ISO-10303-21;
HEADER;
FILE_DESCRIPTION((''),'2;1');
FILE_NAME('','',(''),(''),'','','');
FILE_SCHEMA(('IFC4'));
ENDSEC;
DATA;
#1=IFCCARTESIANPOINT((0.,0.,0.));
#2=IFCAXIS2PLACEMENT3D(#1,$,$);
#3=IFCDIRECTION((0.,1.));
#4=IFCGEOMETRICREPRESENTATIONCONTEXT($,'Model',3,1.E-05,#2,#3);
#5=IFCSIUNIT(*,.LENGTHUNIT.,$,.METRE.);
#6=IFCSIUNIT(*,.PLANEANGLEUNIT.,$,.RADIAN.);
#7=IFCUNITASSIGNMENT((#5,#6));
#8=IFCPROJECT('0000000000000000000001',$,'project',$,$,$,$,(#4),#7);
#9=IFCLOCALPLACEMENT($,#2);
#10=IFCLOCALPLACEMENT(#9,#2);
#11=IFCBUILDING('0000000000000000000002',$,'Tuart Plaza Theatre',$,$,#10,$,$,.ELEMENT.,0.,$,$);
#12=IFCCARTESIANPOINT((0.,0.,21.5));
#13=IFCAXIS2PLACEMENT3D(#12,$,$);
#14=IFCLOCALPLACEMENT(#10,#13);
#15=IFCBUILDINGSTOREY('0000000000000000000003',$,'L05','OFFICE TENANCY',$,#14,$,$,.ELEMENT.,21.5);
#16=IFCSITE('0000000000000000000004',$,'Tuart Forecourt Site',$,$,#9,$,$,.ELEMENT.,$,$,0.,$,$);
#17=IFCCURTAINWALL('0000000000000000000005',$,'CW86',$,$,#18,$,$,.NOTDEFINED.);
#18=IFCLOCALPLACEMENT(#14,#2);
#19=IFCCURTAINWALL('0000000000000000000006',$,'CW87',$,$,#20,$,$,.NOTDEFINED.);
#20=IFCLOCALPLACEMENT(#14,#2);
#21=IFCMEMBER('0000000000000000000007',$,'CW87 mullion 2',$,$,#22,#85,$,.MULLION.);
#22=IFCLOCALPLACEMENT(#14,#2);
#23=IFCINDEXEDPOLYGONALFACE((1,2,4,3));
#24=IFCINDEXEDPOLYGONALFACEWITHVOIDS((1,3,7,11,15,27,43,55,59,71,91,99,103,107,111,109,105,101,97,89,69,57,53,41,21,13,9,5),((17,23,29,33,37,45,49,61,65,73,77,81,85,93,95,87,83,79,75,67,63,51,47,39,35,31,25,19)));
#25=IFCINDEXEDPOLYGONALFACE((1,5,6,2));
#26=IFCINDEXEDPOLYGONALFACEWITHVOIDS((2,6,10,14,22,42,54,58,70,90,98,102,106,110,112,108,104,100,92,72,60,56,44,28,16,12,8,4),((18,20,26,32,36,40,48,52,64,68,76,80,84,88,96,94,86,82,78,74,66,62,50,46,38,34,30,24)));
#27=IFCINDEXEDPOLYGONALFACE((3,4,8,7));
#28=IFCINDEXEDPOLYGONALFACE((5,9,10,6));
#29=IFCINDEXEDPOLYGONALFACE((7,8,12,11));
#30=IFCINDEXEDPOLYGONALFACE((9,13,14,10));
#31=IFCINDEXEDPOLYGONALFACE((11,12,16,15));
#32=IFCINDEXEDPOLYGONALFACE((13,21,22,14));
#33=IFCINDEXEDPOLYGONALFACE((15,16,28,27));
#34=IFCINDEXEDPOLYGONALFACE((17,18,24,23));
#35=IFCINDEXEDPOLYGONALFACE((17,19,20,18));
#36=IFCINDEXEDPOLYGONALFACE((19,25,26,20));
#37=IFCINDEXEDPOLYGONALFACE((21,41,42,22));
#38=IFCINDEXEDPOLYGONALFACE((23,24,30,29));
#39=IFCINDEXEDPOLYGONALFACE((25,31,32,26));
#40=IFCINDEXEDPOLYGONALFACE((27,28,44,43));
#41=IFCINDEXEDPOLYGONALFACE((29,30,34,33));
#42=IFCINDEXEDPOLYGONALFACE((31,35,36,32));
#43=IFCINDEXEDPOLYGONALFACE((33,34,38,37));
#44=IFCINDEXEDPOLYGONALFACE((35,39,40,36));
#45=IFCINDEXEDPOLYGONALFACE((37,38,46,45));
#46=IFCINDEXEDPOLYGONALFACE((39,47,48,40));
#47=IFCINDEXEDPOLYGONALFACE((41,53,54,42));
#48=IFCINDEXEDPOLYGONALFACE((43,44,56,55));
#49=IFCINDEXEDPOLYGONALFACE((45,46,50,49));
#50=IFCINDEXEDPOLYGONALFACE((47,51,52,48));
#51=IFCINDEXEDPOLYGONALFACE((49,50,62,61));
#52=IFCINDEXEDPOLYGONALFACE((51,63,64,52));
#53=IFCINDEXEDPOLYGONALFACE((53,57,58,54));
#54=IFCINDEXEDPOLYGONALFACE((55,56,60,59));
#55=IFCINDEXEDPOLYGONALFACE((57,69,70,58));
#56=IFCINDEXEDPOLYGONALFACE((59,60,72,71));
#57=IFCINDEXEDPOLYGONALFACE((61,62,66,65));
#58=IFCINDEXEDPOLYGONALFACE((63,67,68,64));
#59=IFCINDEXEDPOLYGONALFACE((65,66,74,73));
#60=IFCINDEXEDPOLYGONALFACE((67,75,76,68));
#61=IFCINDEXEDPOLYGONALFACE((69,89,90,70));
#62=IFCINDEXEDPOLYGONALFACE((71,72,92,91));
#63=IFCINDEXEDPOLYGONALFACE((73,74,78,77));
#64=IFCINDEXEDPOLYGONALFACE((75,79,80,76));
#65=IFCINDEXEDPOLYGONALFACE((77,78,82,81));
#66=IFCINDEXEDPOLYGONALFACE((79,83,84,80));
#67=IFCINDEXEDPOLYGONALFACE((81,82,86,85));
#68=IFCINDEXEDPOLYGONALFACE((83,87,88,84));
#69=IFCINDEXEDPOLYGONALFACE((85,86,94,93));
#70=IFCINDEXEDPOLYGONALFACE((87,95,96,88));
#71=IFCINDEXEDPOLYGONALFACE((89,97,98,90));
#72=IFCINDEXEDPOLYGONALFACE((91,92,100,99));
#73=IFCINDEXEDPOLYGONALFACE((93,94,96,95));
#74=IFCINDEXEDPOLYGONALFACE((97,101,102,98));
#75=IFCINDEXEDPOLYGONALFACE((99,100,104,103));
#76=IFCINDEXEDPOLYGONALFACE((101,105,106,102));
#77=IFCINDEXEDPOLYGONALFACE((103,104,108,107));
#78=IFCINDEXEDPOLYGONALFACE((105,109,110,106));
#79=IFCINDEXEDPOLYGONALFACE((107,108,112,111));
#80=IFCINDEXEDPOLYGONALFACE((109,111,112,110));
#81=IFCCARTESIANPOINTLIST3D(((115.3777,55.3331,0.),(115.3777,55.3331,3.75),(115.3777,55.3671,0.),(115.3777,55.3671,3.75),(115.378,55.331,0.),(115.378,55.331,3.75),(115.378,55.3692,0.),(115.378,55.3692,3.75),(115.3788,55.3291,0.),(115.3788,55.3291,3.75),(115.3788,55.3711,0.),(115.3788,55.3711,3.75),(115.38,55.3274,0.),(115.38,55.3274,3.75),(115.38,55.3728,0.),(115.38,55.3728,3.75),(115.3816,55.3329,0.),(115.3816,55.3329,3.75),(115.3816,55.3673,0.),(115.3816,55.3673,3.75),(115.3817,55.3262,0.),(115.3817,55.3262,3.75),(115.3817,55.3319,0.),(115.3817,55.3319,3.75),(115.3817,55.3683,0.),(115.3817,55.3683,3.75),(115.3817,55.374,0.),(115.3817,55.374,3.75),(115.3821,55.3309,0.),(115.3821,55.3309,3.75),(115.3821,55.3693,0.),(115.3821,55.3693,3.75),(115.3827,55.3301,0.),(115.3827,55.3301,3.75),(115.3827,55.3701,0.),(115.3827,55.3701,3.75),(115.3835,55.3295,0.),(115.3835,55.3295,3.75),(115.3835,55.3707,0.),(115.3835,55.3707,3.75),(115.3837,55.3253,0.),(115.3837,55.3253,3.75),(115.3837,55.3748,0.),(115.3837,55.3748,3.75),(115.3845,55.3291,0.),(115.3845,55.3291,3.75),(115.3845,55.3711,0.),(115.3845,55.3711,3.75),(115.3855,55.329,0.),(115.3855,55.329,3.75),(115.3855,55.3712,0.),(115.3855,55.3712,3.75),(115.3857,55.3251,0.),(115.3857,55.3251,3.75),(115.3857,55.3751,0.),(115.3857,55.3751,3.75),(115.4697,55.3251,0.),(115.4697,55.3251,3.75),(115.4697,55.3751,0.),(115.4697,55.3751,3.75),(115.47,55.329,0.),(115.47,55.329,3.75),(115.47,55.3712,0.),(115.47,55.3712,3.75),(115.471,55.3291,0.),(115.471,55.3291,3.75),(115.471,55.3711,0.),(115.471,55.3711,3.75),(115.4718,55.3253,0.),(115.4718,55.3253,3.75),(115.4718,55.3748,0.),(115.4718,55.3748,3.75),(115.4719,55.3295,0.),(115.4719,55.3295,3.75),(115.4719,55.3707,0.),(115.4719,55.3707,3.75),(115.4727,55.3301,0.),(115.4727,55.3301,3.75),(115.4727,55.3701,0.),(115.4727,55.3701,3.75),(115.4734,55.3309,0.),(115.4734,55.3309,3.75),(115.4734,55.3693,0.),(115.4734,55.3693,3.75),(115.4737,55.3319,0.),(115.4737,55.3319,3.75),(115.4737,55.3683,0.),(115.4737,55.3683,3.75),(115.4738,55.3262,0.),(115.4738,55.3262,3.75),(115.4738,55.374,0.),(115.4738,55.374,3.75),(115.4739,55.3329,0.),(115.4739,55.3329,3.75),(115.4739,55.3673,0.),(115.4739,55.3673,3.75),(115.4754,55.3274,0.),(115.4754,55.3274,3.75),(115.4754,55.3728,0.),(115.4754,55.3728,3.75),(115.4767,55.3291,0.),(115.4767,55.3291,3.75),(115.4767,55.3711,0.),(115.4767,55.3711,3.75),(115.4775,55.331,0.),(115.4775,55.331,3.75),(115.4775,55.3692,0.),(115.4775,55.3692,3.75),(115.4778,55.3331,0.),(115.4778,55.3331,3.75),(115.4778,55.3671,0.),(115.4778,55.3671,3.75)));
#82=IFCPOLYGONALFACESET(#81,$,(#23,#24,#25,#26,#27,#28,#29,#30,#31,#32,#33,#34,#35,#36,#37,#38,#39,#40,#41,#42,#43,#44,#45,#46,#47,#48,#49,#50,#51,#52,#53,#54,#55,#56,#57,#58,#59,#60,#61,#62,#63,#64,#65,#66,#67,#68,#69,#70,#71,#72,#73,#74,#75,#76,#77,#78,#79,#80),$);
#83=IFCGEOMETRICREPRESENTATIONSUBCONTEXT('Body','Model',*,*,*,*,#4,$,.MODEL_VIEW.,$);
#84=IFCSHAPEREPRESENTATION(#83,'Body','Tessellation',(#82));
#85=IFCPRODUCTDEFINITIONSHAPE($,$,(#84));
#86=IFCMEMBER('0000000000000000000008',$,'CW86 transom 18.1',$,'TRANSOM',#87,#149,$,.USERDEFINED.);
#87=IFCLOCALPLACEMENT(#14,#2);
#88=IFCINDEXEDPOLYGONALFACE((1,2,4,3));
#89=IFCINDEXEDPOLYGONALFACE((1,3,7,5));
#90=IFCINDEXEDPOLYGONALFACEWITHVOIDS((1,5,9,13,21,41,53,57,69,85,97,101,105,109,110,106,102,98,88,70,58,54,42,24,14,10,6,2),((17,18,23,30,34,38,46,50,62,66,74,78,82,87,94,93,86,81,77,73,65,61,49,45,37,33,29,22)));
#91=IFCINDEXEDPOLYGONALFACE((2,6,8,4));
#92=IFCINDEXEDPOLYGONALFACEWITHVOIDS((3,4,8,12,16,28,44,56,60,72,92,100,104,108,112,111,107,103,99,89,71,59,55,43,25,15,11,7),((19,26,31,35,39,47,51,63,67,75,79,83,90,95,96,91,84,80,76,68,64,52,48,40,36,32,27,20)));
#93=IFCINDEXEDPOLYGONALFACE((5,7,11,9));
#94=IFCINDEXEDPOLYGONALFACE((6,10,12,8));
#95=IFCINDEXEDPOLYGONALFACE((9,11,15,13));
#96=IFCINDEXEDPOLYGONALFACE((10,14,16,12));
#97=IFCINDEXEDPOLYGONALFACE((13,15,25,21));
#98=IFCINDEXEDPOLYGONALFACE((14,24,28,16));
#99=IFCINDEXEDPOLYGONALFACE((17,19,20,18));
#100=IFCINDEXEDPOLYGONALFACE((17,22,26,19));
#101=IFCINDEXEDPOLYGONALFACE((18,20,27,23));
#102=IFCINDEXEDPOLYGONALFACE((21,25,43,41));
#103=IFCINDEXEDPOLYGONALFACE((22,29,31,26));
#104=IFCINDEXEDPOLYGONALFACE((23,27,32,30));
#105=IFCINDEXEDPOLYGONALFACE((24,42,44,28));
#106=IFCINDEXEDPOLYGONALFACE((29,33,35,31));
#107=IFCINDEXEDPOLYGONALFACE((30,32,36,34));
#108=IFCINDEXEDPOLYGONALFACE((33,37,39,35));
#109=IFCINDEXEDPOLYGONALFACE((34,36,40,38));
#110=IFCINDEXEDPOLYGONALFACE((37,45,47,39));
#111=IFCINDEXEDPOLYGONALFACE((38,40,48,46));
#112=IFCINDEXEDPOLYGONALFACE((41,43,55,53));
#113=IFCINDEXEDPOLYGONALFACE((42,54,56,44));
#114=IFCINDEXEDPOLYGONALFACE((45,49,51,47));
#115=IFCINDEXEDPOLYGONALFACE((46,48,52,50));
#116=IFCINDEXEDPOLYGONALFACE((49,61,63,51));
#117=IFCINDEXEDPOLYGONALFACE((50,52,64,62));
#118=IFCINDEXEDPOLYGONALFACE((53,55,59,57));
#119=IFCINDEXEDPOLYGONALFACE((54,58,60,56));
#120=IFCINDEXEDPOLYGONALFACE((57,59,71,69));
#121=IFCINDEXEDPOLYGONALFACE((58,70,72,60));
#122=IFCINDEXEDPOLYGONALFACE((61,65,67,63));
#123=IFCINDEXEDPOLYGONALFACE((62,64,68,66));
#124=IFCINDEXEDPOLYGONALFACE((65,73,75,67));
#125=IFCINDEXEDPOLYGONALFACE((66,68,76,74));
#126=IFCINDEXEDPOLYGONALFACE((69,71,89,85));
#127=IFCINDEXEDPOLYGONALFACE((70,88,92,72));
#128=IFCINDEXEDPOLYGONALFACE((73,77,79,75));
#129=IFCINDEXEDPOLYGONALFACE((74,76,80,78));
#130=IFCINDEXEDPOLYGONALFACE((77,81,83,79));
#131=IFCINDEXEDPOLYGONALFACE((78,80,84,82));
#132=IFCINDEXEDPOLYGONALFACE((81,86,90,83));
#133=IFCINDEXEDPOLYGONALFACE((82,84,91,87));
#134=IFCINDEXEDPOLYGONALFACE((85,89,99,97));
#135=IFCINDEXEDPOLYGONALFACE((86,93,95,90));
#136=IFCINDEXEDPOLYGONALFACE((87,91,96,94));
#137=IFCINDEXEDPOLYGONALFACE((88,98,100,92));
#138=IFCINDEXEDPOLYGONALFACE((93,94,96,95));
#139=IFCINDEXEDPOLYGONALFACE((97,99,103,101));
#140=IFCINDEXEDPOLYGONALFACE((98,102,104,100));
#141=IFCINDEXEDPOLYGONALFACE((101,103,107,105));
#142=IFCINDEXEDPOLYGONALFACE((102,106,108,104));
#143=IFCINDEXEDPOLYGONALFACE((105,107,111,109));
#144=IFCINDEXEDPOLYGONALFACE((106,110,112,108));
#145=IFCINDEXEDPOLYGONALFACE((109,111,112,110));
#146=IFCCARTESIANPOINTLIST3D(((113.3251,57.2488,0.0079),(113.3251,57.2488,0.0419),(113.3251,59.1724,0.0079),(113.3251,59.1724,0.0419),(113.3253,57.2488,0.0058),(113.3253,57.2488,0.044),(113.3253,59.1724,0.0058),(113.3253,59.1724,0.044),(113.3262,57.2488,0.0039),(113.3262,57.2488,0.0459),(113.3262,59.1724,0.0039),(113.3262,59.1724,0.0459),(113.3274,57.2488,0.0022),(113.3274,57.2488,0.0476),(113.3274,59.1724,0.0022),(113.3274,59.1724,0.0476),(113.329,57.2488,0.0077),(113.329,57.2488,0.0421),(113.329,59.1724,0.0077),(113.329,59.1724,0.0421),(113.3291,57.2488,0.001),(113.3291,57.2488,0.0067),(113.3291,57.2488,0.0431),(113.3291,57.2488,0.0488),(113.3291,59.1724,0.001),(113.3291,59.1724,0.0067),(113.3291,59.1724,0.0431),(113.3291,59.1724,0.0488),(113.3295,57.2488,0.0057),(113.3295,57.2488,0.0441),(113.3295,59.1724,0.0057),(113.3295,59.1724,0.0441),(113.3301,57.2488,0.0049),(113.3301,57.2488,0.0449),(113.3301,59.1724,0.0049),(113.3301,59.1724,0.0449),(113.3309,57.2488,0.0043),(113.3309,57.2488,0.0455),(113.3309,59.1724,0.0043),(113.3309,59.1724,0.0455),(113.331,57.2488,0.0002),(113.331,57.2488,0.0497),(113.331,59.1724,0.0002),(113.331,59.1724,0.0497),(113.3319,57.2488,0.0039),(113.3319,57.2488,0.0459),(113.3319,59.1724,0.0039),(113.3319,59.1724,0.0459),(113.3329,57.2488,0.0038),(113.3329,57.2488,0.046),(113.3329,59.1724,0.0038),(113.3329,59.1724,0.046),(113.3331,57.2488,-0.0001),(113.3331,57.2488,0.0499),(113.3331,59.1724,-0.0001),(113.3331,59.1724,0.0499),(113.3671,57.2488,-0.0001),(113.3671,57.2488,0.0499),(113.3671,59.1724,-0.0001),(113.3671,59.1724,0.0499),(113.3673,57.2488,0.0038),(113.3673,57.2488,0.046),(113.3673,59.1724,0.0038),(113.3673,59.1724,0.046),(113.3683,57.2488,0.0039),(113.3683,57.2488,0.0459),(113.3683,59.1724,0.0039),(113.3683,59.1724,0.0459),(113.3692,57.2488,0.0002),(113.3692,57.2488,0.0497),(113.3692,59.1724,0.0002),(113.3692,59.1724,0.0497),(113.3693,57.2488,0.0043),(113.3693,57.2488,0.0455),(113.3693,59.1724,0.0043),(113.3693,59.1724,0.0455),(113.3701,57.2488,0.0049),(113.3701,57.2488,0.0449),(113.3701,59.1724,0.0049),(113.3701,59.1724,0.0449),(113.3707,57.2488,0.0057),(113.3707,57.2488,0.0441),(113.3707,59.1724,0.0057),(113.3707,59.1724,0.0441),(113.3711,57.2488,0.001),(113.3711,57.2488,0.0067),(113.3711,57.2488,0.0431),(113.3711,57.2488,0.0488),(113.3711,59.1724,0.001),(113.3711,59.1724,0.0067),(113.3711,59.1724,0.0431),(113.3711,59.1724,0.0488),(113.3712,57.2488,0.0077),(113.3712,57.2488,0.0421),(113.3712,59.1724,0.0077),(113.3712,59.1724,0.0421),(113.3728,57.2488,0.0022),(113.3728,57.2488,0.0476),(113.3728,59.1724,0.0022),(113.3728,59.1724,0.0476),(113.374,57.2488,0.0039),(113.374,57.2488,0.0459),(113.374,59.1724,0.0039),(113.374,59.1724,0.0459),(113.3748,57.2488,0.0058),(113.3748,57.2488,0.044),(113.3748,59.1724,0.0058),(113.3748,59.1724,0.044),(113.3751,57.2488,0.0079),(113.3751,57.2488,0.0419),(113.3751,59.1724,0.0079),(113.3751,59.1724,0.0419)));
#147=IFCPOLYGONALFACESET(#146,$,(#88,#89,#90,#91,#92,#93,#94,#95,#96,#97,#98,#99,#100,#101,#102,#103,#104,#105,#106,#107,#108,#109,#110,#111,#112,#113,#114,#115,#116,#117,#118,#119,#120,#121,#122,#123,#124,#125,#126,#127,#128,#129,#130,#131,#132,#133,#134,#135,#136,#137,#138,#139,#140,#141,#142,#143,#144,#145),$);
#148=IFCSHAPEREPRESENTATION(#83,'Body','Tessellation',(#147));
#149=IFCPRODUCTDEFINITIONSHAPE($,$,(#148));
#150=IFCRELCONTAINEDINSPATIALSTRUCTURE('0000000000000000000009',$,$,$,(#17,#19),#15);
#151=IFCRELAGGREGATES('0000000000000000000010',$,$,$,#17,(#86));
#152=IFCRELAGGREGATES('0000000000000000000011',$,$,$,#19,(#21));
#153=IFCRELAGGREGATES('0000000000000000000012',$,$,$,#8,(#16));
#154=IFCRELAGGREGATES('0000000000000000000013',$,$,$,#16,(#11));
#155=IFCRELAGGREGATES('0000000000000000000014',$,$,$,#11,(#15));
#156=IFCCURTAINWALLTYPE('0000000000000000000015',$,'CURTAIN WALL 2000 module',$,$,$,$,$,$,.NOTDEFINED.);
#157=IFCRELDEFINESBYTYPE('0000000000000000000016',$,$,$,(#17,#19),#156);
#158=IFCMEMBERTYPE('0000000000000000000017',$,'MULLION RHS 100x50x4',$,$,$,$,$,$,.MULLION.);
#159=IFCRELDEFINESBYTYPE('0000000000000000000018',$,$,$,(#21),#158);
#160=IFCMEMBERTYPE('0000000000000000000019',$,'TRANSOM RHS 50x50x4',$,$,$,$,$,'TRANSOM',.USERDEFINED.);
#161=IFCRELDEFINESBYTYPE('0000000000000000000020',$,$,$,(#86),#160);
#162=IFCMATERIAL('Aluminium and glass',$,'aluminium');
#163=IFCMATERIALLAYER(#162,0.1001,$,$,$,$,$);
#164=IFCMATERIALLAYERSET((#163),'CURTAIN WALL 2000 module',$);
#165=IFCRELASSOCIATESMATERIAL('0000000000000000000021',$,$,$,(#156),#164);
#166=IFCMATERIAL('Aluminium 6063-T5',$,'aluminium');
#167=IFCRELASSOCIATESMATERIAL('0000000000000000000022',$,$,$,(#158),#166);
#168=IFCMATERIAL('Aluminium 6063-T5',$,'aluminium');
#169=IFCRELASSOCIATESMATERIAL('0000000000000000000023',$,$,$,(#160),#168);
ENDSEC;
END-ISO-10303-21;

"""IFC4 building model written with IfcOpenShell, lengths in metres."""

from ifc_helpers import new_model, si_unit, direction, frame, origin, origin_2d, place, context, subcontext, project, spatial, hollow_rectangle, extrude, material, layer, layer_set, material_profile, profile_set, type_object, element, aggregate, save


model = new_model("IFC4")

# Units and contexts
model_context = context("Model", 3, precision=1e-05, world=origin(), true_north=direction((0.0, 1.0)))
body_context = subcontext(model_context, "Body", "Model", "MODEL_VIEW")
ifc_project = project(units=[si_unit("LENGTHUNIT", "METRE"), si_unit("PLANEANGLEUNIT", "RADIAN")], contexts=[model_context])

# Site, building, storey
site_placement = place(None, origin())
site = spatial("IfcSite", under=ifc_project, at=site_placement, Name="Tuart Forecourt Site", CompositionType="ELEMENT", RefElevation=0.0)
building_placement = place(site_placement, origin())
building = spatial("IfcBuilding", under=site, at=building_placement, Name="Tuart Plaza Theatre", CompositionType="ELEMENT", ElevationOfRefHeight=0.0)
storey_placement = place(building_placement, frame((0.0, 0.0, 21.5)))
storey = spatial("IfcBuildingStorey", under=building, at=storey_placement, Name="L05", Description="OFFICE TENANCY", CompositionType="ELEMENT", Elevation=21.5)

# Curtain walls, member
ifc_material_1 = material(Name="Aluminium and glass", Category="aluminium")
ifc_layer_1 = layer(ifc_material_1, 0.1001)
ifc_layer_set_1 = layer_set([ifc_layer_1], Name="CURTAIN WALL 2000 module")
curtain_wall_type = type_object("IfcCurtainWallType", Name="CURTAIN WALL 2000 module", PredefinedType="NOTDEFINED", material=ifc_layer_set_1)
curtain_wall_1_placement = place(storey_placement, origin())
curtain_wall_1 = element("IfcCurtainWall", 1, at=curtain_wall_1_placement, inside=storey, type_object=curtain_wall_type, Name="CW86", PredefinedType="NOTDEFINED")
ifc_material_2 = material(Name="Aluminium 6063-T5", Category="aluminium")
ifc_material_profile_1 = material_profile(ifc_material_2, hollow_rectangle(XDim=0.05, YDim=0.1001, WallThickness=0.0039, InnerFilletRadius=0.0039, OuterFilletRadius=0.0081, at=origin_2d()), Name="RHS 100x50x4")
ifc_profile_set_1 = profile_set([ifc_material_profile_1], Name="Aluminium 6063-T5")
member_type_1 = type_object("IfcMemberType", Name="MULLION RHS 100x50x4", PredefinedType="MULLION", material=ifc_profile_set_1)
curtain_wall_2_placement = place(storey_placement, origin())
curtain_wall_2 = element("IfcCurtainWall", 2, at=curtain_wall_2_placement, inside=storey, type_object=curtain_wall_type, Name="CW87", PredefinedType="NOTDEFINED")
member_1_placement = place(storey_placement, frame((115.4277, 55.3501, 0.0), z_axis=(0.0, 0.0, 1.0), x_axis=(0.0, 1.0, 0.0)))
member_1 = element("IfcMember", 3, at=member_1_placement, type_object=member_type_1, Name="CW87 mullion 2", PredefinedType="MULLION", context=body_context, shape_type="SweptSolid", body=[
    extrude(hollow_rectangle(XDim=0.05, YDim=0.1001, WallThickness=0.0039, InnerFilletRadius=0.0039, OuterFilletRadius=0.0081, at=origin_2d()), origin(), (0.0, 0.0, 1.0), 3.75),
])

# Member
ifc_material_3 = material(Name="Aluminium 6063-T5", Category="aluminium")
ifc_material_profile_2 = material_profile(ifc_material_3, hollow_rectangle(XDim=0.05, YDim=0.05, WallThickness=0.0039, InnerFilletRadius=0.0039, OuterFilletRadius=0.0081, at=origin_2d()), Name="RHS 50x50x4")
ifc_profile_set_2 = profile_set([ifc_material_profile_2], Name="Aluminium 6063-T5")
member_type_2 = type_object("IfcMemberType", Name="TRANSOM RHS 50x50x4", ElementType="TRANSOM", PredefinedType="USERDEFINED", material=ifc_profile_set_2)
member_2_placement = place(storey_placement, frame((113.3501, 59.1724, 0.0249), z_axis=(0.0, -1.0, 0.0), x_axis=(1.0, 0.0, 0.0)))
member_2 = element("IfcMember", 4, at=member_2_placement, type_object=member_type_2, Name="CW86 transom 18.1", ObjectType="TRANSOM", PredefinedType="USERDEFINED", context=body_context, shape_type="SweptSolid", body=[
    extrude(hollow_rectangle(XDim=0.05, YDim=0.05, WallThickness=0.0039, InnerFilletRadius=0.0039, OuterFilletRadius=0.0081, at=origin_2d()), origin(), (0.0, 0.0, 1.0), 1.9236),
])

aggregate(curtain_wall_1, [member_2])
aggregate(curtain_wall_2, [member_1])

save(model, "model.ifc")
